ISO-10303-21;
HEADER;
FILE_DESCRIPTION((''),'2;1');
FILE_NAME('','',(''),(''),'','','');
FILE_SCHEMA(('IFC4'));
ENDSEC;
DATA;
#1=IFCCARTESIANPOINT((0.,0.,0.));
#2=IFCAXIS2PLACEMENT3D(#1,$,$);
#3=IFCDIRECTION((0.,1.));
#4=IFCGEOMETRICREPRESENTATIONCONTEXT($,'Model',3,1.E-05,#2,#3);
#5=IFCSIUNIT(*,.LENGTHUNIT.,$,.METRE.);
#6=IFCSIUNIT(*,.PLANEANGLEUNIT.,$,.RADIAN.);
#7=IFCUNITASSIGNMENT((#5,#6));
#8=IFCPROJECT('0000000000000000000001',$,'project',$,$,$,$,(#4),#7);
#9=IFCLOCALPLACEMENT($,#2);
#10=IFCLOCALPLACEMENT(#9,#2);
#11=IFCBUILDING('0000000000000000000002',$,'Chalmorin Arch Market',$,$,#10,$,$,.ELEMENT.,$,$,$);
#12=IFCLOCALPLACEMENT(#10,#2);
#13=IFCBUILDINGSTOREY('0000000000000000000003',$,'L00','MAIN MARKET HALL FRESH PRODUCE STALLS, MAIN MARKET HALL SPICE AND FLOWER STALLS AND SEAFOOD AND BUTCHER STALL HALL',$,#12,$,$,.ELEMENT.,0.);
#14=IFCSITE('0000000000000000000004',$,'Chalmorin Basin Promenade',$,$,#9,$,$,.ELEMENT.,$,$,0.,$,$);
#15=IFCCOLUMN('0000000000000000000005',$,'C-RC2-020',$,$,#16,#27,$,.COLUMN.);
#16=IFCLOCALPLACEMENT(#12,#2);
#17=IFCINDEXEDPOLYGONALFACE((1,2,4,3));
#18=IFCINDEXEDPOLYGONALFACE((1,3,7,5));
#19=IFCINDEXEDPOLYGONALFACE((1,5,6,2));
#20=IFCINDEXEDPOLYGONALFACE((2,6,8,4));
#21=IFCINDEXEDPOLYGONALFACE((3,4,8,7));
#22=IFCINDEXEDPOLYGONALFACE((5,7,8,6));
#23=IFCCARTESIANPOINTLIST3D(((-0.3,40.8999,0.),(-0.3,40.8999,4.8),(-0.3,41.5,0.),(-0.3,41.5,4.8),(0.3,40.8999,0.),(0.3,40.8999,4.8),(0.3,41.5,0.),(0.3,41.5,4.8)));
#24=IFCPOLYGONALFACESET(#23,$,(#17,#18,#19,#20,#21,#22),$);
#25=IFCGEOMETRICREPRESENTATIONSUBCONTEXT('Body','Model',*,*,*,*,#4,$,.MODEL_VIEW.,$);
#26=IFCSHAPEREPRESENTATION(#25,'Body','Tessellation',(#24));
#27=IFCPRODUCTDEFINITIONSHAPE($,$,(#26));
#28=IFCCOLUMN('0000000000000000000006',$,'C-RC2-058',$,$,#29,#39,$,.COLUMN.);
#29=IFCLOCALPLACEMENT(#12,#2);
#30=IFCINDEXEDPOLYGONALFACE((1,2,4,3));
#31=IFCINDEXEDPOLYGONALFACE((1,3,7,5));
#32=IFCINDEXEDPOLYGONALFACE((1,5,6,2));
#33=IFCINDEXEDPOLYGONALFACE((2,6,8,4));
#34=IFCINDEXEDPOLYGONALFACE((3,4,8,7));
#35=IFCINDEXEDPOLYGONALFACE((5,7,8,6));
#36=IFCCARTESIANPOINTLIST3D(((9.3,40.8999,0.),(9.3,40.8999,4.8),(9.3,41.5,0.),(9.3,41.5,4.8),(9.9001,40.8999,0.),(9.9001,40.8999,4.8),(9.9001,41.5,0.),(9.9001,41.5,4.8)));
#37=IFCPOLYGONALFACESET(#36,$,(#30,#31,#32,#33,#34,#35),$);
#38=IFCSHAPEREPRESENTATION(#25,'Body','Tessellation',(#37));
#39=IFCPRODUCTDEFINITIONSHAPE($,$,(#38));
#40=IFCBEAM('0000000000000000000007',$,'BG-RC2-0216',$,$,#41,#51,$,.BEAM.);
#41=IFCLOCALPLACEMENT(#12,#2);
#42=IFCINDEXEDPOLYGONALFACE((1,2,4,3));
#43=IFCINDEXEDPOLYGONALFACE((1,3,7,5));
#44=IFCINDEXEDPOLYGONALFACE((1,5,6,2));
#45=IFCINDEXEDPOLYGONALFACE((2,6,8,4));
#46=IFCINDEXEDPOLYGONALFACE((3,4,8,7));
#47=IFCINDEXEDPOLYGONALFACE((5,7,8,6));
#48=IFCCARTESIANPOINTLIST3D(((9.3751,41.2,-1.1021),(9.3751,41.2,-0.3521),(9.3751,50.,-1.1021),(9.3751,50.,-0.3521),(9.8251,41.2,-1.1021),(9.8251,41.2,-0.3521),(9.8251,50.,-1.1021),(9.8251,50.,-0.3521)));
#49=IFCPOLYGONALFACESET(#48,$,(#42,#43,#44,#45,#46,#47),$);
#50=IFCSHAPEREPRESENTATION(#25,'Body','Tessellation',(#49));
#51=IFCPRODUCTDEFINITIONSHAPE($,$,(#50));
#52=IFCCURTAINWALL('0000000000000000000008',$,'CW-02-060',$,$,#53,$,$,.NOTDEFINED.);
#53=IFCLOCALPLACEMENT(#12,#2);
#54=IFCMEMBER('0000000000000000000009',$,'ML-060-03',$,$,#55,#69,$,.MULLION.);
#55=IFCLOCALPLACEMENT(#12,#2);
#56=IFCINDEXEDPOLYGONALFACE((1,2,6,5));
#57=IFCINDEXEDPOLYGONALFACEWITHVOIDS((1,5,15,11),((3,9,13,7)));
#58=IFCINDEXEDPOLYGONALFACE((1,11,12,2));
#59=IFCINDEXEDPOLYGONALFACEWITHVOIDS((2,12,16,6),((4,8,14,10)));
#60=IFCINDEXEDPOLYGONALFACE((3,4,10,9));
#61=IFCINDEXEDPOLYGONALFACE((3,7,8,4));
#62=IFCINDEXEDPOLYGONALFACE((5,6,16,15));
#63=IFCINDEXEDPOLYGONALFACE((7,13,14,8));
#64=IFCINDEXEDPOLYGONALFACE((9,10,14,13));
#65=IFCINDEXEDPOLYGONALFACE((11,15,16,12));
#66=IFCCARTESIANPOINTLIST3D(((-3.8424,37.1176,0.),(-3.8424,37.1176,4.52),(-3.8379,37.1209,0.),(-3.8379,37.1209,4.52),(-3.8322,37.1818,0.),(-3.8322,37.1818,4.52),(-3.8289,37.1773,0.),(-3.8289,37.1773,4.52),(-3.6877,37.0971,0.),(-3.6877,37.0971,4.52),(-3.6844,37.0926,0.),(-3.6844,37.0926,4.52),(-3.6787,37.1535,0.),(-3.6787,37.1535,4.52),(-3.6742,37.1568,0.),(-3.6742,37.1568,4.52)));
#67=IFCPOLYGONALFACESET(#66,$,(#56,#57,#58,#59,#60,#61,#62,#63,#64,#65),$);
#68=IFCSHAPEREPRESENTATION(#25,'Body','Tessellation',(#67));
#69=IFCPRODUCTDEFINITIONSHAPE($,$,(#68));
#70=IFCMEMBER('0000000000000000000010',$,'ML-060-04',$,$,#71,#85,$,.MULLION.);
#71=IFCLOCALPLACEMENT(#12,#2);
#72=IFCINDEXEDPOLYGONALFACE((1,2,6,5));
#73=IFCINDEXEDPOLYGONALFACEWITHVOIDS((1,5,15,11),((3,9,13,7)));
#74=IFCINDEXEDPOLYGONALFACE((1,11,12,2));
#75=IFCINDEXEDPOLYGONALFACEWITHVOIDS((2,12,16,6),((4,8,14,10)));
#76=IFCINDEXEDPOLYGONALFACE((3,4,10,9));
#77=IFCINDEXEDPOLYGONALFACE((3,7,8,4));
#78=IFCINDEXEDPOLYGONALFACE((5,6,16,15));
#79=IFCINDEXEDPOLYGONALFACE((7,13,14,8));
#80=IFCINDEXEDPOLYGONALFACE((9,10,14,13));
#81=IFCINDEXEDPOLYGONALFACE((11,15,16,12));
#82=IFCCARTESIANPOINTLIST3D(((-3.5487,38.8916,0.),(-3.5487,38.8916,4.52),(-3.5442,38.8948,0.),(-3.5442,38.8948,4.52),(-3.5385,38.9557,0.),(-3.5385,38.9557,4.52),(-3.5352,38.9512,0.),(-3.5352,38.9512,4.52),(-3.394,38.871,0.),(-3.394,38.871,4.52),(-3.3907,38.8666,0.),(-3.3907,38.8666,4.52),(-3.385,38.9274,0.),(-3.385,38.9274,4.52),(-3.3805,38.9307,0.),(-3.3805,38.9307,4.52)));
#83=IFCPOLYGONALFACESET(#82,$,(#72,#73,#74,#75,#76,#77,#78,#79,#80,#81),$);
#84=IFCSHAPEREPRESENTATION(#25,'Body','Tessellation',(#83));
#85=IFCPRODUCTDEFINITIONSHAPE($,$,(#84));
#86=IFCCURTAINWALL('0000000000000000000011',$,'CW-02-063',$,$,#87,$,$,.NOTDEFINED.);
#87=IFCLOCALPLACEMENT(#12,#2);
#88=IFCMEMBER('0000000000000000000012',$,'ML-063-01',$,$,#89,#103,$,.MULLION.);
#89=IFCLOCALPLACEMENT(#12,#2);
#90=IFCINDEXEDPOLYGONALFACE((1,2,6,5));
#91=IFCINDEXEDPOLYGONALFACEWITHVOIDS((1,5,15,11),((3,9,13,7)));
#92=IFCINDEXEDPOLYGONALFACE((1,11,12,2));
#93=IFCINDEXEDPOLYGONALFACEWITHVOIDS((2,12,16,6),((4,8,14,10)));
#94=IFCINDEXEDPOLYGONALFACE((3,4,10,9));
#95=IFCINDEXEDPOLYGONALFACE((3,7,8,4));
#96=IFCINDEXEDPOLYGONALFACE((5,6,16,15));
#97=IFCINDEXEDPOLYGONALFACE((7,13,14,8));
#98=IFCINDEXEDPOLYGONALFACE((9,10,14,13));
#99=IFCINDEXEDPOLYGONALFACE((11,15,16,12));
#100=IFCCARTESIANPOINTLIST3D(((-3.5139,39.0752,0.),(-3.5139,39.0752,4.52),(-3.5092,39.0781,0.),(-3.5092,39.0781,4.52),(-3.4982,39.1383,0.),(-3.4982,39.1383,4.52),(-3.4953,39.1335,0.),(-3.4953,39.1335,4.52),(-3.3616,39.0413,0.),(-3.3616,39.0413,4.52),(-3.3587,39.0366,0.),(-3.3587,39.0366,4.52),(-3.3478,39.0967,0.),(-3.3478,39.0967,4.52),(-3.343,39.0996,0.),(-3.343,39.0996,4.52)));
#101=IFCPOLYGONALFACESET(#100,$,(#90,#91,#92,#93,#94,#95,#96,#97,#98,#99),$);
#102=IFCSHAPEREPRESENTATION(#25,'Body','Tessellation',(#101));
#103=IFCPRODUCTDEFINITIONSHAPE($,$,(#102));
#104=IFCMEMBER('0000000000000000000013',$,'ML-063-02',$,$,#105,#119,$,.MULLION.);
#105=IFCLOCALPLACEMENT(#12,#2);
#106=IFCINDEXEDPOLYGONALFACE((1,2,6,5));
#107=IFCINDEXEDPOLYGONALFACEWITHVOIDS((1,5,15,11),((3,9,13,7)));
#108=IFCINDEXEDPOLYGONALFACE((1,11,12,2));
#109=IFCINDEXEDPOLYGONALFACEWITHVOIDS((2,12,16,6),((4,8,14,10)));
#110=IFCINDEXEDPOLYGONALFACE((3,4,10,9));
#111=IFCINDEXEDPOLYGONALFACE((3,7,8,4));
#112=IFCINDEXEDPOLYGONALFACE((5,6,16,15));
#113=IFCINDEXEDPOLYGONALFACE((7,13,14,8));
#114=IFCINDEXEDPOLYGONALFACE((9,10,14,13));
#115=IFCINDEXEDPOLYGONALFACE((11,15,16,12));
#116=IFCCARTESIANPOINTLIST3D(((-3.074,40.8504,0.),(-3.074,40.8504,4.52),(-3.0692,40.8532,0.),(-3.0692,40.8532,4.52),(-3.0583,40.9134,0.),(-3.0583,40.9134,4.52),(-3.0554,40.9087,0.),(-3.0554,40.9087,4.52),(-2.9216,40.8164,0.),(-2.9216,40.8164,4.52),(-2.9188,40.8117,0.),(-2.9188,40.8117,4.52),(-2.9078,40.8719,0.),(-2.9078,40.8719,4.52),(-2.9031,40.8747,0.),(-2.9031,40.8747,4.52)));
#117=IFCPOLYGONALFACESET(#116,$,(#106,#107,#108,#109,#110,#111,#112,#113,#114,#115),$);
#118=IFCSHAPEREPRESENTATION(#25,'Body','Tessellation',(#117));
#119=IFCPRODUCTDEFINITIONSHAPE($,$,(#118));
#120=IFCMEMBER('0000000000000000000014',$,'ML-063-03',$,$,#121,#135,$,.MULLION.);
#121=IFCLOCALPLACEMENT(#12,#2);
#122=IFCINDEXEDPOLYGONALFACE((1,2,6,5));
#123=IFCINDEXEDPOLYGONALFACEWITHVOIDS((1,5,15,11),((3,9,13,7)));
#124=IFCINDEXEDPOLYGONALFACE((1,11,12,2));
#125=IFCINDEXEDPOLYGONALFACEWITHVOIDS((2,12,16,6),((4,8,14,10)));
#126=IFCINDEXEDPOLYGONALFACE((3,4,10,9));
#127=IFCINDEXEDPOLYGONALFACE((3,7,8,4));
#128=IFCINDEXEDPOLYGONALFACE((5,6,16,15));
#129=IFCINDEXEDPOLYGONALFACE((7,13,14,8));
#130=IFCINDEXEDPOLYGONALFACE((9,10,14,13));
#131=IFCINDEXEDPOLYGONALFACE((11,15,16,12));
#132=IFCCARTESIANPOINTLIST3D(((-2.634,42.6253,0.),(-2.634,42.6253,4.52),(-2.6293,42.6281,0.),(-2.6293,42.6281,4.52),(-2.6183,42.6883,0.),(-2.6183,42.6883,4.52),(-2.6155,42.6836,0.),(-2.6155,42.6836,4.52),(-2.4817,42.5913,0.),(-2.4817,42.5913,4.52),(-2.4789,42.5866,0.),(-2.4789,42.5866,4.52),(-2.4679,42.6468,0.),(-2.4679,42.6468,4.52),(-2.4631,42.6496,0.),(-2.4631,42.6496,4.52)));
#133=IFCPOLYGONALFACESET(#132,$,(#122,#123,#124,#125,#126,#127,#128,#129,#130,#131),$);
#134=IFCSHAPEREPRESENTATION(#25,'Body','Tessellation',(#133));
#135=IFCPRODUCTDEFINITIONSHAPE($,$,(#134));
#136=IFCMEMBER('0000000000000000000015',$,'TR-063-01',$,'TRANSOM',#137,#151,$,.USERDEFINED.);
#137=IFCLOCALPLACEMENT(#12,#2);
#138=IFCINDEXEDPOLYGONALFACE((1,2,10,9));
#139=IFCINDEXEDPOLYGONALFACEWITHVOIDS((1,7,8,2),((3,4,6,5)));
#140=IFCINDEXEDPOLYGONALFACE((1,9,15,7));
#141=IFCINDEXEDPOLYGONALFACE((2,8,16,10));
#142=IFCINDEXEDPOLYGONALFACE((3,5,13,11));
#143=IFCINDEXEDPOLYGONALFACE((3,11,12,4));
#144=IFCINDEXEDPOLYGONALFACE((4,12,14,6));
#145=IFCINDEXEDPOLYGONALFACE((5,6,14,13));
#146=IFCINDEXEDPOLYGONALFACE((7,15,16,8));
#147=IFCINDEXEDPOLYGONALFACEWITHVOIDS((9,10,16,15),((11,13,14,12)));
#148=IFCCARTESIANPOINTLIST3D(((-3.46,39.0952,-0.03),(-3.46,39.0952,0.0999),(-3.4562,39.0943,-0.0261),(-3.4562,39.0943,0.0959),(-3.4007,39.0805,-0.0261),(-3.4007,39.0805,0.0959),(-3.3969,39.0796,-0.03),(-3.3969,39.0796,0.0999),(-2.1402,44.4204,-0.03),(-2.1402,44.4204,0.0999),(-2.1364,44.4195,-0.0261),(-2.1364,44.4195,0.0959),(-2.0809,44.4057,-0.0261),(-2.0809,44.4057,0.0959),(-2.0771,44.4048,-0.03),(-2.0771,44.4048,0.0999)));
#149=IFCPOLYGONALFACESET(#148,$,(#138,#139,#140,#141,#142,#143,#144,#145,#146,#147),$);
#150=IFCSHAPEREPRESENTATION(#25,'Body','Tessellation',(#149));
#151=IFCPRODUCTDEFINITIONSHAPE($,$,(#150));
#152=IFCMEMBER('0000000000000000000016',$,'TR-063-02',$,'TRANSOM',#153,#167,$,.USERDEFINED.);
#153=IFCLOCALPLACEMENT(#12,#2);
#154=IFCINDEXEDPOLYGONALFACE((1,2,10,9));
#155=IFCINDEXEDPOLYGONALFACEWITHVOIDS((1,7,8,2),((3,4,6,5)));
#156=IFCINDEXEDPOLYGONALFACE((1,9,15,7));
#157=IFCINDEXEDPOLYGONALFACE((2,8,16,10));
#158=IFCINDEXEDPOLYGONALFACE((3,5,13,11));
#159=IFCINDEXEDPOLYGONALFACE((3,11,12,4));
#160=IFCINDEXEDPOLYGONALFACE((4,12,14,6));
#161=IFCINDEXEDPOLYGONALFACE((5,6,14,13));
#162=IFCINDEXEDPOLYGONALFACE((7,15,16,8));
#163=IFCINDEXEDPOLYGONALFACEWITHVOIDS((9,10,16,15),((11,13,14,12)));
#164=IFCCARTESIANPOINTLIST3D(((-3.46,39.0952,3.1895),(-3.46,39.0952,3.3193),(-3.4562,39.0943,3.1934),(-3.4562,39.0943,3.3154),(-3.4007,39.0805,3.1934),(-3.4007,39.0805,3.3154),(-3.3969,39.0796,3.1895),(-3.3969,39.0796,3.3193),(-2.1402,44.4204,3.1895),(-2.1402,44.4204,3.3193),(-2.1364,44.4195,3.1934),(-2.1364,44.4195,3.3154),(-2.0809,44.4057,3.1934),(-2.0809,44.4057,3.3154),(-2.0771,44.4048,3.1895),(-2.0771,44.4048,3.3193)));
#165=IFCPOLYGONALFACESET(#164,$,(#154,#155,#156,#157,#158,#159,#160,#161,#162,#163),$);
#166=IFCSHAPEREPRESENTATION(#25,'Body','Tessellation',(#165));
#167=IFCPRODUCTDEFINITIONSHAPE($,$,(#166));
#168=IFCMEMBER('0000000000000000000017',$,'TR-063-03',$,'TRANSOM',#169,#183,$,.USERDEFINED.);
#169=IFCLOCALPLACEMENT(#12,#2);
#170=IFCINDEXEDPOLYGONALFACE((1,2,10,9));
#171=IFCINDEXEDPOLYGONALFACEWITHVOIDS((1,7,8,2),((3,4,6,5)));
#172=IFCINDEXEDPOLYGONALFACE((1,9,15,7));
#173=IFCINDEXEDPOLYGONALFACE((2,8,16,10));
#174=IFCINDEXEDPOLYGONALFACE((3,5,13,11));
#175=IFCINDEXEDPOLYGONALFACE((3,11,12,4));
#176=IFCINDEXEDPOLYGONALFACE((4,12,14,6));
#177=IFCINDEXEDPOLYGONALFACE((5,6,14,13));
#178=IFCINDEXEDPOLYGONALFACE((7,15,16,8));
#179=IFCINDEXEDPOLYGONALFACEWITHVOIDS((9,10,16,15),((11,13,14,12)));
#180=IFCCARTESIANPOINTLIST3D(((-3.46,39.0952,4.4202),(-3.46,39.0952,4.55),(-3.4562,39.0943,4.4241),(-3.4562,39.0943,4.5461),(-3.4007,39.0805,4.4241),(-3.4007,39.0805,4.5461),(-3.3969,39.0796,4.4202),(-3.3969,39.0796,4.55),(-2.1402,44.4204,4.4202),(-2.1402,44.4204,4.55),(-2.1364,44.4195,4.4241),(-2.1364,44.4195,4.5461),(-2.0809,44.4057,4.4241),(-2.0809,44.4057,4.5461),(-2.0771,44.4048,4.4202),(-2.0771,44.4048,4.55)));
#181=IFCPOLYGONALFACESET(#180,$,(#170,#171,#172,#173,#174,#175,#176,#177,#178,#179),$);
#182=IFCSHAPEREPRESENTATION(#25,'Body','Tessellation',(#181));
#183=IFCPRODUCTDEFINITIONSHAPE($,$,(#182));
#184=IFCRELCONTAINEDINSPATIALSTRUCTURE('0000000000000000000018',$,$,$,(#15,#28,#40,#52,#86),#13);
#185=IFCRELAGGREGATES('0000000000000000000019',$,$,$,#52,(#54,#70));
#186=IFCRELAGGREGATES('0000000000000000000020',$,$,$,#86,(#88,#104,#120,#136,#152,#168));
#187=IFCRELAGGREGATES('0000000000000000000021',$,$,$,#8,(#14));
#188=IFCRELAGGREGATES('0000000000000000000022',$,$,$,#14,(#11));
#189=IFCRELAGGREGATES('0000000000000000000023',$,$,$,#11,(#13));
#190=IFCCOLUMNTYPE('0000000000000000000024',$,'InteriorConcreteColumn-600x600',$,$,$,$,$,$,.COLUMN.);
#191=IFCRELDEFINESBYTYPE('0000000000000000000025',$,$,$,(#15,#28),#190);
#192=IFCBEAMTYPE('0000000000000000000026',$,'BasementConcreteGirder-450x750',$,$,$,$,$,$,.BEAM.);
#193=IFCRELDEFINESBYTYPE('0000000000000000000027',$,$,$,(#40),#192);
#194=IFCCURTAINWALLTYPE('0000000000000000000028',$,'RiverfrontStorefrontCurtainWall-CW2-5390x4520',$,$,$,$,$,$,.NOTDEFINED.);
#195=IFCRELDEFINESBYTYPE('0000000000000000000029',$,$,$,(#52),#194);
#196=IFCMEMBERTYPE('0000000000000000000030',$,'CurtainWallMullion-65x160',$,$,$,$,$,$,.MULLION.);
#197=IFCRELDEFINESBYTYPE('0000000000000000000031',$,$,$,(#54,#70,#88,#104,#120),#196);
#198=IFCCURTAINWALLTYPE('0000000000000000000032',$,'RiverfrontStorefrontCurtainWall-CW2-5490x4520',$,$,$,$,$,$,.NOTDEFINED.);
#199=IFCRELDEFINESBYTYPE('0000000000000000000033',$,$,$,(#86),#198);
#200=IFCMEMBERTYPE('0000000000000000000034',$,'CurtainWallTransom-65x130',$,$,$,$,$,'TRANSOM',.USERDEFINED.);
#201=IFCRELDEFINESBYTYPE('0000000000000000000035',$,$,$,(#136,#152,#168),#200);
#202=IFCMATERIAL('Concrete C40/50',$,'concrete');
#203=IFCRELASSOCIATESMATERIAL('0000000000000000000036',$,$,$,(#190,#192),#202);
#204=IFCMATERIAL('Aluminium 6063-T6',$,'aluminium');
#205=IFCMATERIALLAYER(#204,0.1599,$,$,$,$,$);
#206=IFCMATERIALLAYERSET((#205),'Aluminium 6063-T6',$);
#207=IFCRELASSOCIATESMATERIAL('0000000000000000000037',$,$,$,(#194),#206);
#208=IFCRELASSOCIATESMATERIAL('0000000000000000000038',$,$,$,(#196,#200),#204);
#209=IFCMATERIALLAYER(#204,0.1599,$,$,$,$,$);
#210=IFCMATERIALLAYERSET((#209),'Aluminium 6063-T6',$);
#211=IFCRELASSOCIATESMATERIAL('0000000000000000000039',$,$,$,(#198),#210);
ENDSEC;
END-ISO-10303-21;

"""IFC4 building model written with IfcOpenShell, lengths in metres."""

from ifc_helpers import new_model, si_unit, direction, frame, origin, origin_2d, place, context, subcontext, project, spatial, rectangle, hollow_rectangle, extrude, material, layer, layer_set, material_profile, profile_set, type_object, element, aggregate, save


model = new_model("IFC4")

# Units and contexts
model_context = context("Model", 3, precision=1e-05, world=origin(), true_north=direction((0.0, 1.0)))
body_context = subcontext(model_context, "Body", "Model", "MODEL_VIEW")
ifc_project = project(units=[si_unit("LENGTHUNIT", "METRE"), si_unit("PLANEANGLEUNIT", "RADIAN")], contexts=[model_context])

# Site, building, storey
site_placement = place(None, origin())
site = spatial("IfcSite", under=ifc_project, at=site_placement, Name="Chalmorin Basin Promenade", CompositionType="ELEMENT", RefElevation=0.0)
building_placement = place(site_placement, origin())
building = spatial("IfcBuilding", under=site, at=building_placement, Name="Chalmorin Arch Market", CompositionType="ELEMENT")
storey_placement = place(building_placement, origin())
storey = spatial("IfcBuildingStorey", under=building, at=storey_placement, Name="L00", Description="MAIN MARKET HALL FRESH PRODUCE STALLS, MAIN MARKET HALL SPICE AND FLOWER STALLS AND SEAFOOD AND BUTCHER STALL HALL", CompositionType="ELEMENT", Elevation=0.0)

# Columns
ifc_material_1 = material(Name="Concrete C40/50", Category="concrete")
ifc_material_profile_1 = material_profile(ifc_material_1, rectangle(XDim=0.6001, YDim=0.6001, at=origin_2d()), Name="RC600X600")
ifc_profile_set_1 = profile_set([ifc_material_profile_1], Name="Concrete C40/50")
column_type = type_object("IfcColumnType", Name="InteriorConcreteColumn-600x600", PredefinedType="COLUMN", material=ifc_profile_set_1)
for number, where, z_axis, x_axis, name in (
    (1, (0.0, 41.2, 0.0), (0.0, 0.0, 1.0), (1.0, 0.0, 0.0), "C-RC2-020"),
    (2, (9.6001, 41.2, 0.0), (0.0, 0.0, 1.0), (1.0, 0.0, 0.0), "C-RC2-058"),
):
    element("IfcColumn", number, at=place(storey_placement, frame(where, z_axis=z_axis, x_axis=x_axis)), inside=storey, type_object=column_type, Name=name, PredefinedType="COLUMN", context=body_context, shape_type="SweptSolid", body=[
        extrude(rectangle(XDim=0.6001, YDim=0.6001, at=origin_2d()), origin(), (0.0, 0.0, 1.0), 4.8),
    ])

# Beam
ifc_material_profile_2 = material_profile(ifc_material_1, rectangle(XDim=0.45, YDim=0.75, at=origin_2d()), Name="RC450X750")
ifc_profile_set_2 = profile_set([ifc_material_profile_2], Name="Concrete C40/50")
beam_type_1 = type_object("IfcBeamType", Name="BasementConcreteGirder-450x750", PredefinedType="BEAM", material=ifc_profile_set_2)
beam_1_placement = place(storey_placement, frame((9.6001, 41.2, -0.7271), z_axis=(0.0, 1.0, 0.0), x_axis=(-1.0, 0.0, 0.0)))
element("IfcBeam", 3, at=beam_1_placement, inside=storey, type_object=beam_type_1, Name="BG-RC2-0216", PredefinedType="BEAM", context=body_context, shape_type="SweptSolid", body=[
    extrude(rectangle(XDim=0.45, YDim=0.75, at=origin_2d()), origin(), (0.0, 0.0, 1.0), 8.8),
])

# Curtain walls, members
ifc_material_2 = material(Name="Aluminium 6063-T6", Category="aluminium")
ifc_layer_1 = layer(ifc_material_2, 0.1599)
ifc_layer_set_1 = layer_set([ifc_layer_1], Name="Aluminium 6063-T6")
curtain_wall_type_1 = type_object("IfcCurtainWallType", Name="RiverfrontStorefrontCurtainWall-CW2-5390x4520", PredefinedType="NOTDEFINED", material=ifc_layer_set_1)
curtain_wall_1_placement = place(storey_placement, origin())
curtain_wall_1 = element("IfcCurtainWall", 4, at=curtain_wall_1_placement, inside=storey, type_object=curtain_wall_type_1, Name="CW-02-060", PredefinedType="NOTDEFINED")
ifc_material_profile_3 = material_profile(ifc_material_2, hollow_rectangle(XDim=0.0649, YDim=0.1599, WallThickness=0.0039, at=origin_2d()), Name="ALU65X160X4")
ifc_profile_set_3 = profile_set([ifc_material_profile_3], Name="Aluminium 6063-T6")
member_type_1 = type_object("IfcMemberType", Name="CurtainWallMullion-65x160", PredefinedType="MULLION", material=ifc_profile_set_3)
member_1_placement = place(storey_placement, frame((-3.7583, 37.1372, 0.0), z_axis=(0.0, 0.0, 1.0), x_axis=(0.156434, 0.987688, 0.0)))
member_1 = element("IfcMember", 5, at=member_1_placement, type_object=member_type_1, Name="ML-060-03", PredefinedType="MULLION", context=body_context, shape_type="SweptSolid", body=[
    extrude(hollow_rectangle(XDim=0.0649, YDim=0.1599, WallThickness=0.0039, at=origin_2d()), origin(), (0.0, 0.0, 1.0), 4.52),
])
member_2_placement = place(storey_placement, frame((-3.4646, 38.9111, 0.0), z_axis=(0.0, 0.0, 1.0), x_axis=(0.156434, 0.987688, 0.0)))
member_2 = element("IfcMember", 6, at=member_2_placement, type_object=member_type_1, Name="ML-060-04", PredefinedType="MULLION", context=body_context, shape_type="SweptSolid", body=[
    extrude(hollow_rectangle(XDim=0.0649, YDim=0.1599, WallThickness=0.0039, at=origin_2d()), origin(), (0.0, 0.0, 1.0), 4.52),
])
ifc_layer_2 = layer(ifc_material_2, 0.1599)
ifc_layer_set_2 = layer_set([ifc_layer_2], Name="Aluminium 6063-T6")
curtain_wall_type_2 = type_object("IfcCurtainWallType", Name="RiverfrontStorefrontCurtainWall-CW2-5490x4520", PredefinedType="NOTDEFINED", material=ifc_layer_set_2)
curtain_wall_2_placement = place(storey_placement, origin())
curtain_wall_2 = element("IfcCurtainWall", 7, at=curtain_wall_2_placement, inside=storey, type_object=curtain_wall_type_2, Name="CW-02-063", PredefinedType="NOTDEFINED")
member_3_placement = place(storey_placement, frame((-3.4285, 39.0874, 0.0), z_axis=(0.0, 0.0, 1.0), x_axis=(0.241922, 0.970296, 0.0)))
member_3 = element("IfcMember", 8, at=member_3_placement, type_object=member_type_1, Name="ML-063-01", PredefinedType="MULLION", context=body_context, shape_type="SweptSolid", body=[
    extrude(hollow_rectangle(XDim=0.0649, YDim=0.1599, WallThickness=0.0039, at=origin_2d()), origin(), (0.0, 0.0, 1.0), 4.52),
])
member_4_placement = place(storey_placement, frame((-2.9885, 40.8625, 0.0), z_axis=(0.0, 0.0, 1.0), x_axis=(0.241922, 0.970296, 0.0)))
member_4 = element("IfcMember", 9, at=member_4_placement, type_object=member_type_1, Name="ML-063-02", PredefinedType="MULLION", context=body_context, shape_type="SweptSolid", body=[
    extrude(hollow_rectangle(XDim=0.0649, YDim=0.1599, WallThickness=0.0039, at=origin_2d()), origin(), (0.0, 0.0, 1.0), 4.52),
])
member_5_placement = place(storey_placement, frame((-2.5486, 42.6375, 0.0), z_axis=(0.0, 0.0, 1.0), x_axis=(0.241922, 0.970296, 0.0)))
member_5 = element("IfcMember", 10, at=member_5_placement, type_object=member_type_1, Name="ML-063-03", PredefinedType="MULLION", context=body_context, shape_type="SweptSolid", body=[
    extrude(hollow_rectangle(XDim=0.0649, YDim=0.1599, WallThickness=0.0039, at=origin_2d()), origin(), (0.0, 0.0, 1.0), 4.52),
])
ifc_material_profile_4 = material_profile(ifc_material_2, hollow_rectangle(XDim=0.0649, YDim=0.1299, WallThickness=0.0039, at=origin_2d()), Name="ALU65X130X4")
ifc_profile_set_4 = profile_set([ifc_material_profile_4], Name="Aluminium 6063-T6")
member_type_2 = type_object("IfcMemberType", Name="CurtainWallTransom-65x130", ElementType="TRANSOM", PredefinedType="USERDEFINED", material=ifc_profile_set_4)
member_6_placement = place(storey_placement, frame((-3.4285, 39.0874, 0.0349), z_axis=(0.240567, 0.970633, 0.0), x_axis=(-0.970633, 0.240567, 0.0)))
member_6 = element("IfcMember", 11, at=member_6_placement, type_object=member_type_2, Name="TR-063-01", ObjectType="TRANSOM", PredefinedType="USERDEFINED", context=body_context, shape_type="SweptSolid", body=[
    extrude(hollow_rectangle(XDim=0.0649, YDim=0.1299, WallThickness=0.0039, at=origin_2d()), origin(), (0.0, 0.0, 1.0), 5.4863),
])
member_7_placement = place(storey_placement, frame((-3.4285, 39.0874, 3.2544), z_axis=(0.240567, 0.970633, 0.0), x_axis=(-0.970633, 0.240567, 0.0)))
member_7 = element("IfcMember", 12, at=member_7_placement, type_object=member_type_2, Name="TR-063-02", ObjectType="TRANSOM", PredefinedType="USERDEFINED", context=body_context, shape_type="SweptSolid", body=[
    extrude(hollow_rectangle(XDim=0.0649, YDim=0.1299, WallThickness=0.0039, at=origin_2d()), origin(), (0.0, 0.0, 1.0), 5.4863),
])
member_8_placement = place(storey_placement, frame((-3.4285, 39.0874, 4.4851), z_axis=(0.240567, 0.970633, 0.0), x_axis=(-0.970633, 0.240567, 0.0)))
member_8 = element("IfcMember", 13, at=member_8_placement, type_object=member_type_2, Name="TR-063-03", ObjectType="TRANSOM", PredefinedType="USERDEFINED", context=body_context, shape_type="SweptSolid", body=[
    extrude(hollow_rectangle(XDim=0.0649, YDim=0.1299, WallThickness=0.0039, at=origin_2d()), origin(), (0.0, 0.0, 1.0), 5.4863),
])

aggregate(curtain_wall_1, [member_1, member_2])
aggregate(curtain_wall_2, [member_3, member_4, member_5, member_6, member_7, member_8])

save(model, "model.ifc")
